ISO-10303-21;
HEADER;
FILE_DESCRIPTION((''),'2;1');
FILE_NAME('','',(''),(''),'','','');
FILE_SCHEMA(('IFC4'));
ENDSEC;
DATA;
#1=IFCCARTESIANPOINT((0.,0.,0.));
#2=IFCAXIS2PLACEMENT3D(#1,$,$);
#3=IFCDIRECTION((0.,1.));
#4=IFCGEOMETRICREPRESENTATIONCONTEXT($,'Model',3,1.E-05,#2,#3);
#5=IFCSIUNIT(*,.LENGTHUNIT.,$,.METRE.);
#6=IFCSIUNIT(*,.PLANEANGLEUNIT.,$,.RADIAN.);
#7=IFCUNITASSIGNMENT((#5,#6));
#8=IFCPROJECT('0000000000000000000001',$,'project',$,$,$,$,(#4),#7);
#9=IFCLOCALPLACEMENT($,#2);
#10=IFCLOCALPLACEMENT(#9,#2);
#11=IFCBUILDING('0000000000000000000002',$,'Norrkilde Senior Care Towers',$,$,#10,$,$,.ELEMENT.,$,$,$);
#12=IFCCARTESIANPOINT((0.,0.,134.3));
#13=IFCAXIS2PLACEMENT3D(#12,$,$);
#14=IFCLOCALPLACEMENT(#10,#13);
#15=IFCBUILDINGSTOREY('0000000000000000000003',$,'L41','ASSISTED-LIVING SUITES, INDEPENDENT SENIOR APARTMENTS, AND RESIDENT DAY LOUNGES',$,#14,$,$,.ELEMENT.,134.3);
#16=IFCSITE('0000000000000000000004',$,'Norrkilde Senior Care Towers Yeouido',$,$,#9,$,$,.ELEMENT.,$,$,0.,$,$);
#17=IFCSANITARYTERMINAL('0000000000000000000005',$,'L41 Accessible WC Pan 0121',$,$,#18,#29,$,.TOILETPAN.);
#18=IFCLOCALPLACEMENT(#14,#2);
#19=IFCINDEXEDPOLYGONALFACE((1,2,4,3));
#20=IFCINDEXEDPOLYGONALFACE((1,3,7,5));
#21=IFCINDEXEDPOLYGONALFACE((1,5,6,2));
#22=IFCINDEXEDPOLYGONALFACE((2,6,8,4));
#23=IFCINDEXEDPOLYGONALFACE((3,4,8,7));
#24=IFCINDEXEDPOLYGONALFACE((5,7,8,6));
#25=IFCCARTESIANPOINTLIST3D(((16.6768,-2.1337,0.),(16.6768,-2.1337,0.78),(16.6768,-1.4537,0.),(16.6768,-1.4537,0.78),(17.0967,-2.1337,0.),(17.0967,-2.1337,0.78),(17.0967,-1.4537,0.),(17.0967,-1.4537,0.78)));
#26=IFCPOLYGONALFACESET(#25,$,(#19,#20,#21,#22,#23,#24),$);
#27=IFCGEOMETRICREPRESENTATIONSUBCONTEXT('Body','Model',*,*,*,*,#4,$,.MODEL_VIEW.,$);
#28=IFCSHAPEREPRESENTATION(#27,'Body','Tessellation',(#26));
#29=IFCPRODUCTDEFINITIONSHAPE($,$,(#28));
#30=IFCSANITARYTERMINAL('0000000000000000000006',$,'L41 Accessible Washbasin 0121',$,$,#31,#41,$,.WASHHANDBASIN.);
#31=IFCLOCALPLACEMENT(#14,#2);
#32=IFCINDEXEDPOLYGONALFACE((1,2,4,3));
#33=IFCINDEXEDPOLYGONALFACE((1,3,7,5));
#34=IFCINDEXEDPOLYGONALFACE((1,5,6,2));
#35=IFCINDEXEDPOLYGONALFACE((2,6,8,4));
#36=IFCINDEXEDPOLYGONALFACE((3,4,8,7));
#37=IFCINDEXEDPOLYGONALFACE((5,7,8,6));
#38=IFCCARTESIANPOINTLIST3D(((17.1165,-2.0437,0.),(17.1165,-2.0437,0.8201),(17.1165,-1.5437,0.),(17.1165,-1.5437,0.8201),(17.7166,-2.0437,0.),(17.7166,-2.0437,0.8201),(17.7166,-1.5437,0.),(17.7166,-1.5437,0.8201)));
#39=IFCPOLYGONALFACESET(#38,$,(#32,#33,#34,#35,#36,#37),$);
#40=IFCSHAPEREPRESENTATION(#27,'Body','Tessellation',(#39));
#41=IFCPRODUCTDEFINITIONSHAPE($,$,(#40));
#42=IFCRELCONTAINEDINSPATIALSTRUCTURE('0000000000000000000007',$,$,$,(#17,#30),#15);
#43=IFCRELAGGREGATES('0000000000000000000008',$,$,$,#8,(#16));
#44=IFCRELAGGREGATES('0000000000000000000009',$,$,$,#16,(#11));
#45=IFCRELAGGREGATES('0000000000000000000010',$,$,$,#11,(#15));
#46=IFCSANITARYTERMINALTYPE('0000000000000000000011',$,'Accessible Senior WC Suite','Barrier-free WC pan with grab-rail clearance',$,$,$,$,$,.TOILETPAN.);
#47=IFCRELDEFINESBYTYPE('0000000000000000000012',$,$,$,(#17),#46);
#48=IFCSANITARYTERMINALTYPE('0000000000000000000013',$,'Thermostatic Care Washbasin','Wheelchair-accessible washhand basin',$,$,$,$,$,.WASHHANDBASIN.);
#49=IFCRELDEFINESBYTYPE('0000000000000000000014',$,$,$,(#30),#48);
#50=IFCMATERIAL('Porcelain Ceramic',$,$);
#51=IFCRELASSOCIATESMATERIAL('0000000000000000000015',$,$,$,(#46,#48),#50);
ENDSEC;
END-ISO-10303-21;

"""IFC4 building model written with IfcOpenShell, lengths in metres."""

from ifc_helpers import new_model, si_unit, direction, frame, origin, origin_2d, place, context, subcontext, project, spatial, rectangle, extrude, source, transform, mapped, material, type_object, type_shapes, element, save


model = new_model("IFC4")

# Units and contexts
model_context = context("Model", 3, precision=1e-05, world=origin(), true_north=direction((0.0, 1.0)))
body_context = subcontext(model_context, "Body", "Model", "MODEL_VIEW")
ifc_project = project(units=[si_unit("LENGTHUNIT", "METRE"), si_unit("PLANEANGLEUNIT", "RADIAN")], contexts=[model_context])

# Site, building, storey
site_placement = place(None, origin())
site = spatial("IfcSite", under=ifc_project, at=site_placement, Name="Norrkilde Senior Care Towers Yeouido", CompositionType="ELEMENT", RefElevation=0.0)
building_placement = place(site_placement, origin())
building = spatial("IfcBuilding", under=site, at=building_placement, Name="Norrkilde Senior Care Towers", CompositionType="ELEMENT")
storey_placement = place(building_placement, frame((0.0, 0.0, 134.3)))
storey = spatial("IfcBuildingStorey", under=building, at=storey_placement, Name="L41", Description="ASSISTED-LIVING SUITES, INDEPENDENT SENIOR APARTMENTS, AND RESIDENT DAY LOUNGES", CompositionType="ELEMENT", Elevation=134.3)

# Sanitary terminals
ifc_material_1 = material(Name="Porcelain Ceramic")
sanitary_terminal_type_1 = type_object("IfcSanitaryTerminalType", Name="Accessible Senior WC Suite", Description="Barrier-free WC pan with grab-rail clearance", PredefinedType="TOILETPAN", material=ifc_material_1)
shared_shape_1 = source(origin(), body_context, "Body", "SweptSolid", [
    extrude(rectangle(XDim=0.4199, YDim=0.6799, at=origin_2d()), origin(), (0.0, 0.0, 1.0), 0.78),
])
type_shapes(sanitary_terminal_type_1, [shared_shape_1])
sanitary_terminal_1_placement = place(storey_placement, frame((16.8867, -1.7937, 0.0), z_axis=(0.0, 0.0, 1.0), x_axis=(1.0, 0.0, 0.0)))
element("IfcSanitaryTerminal", 1, at=sanitary_terminal_1_placement, inside=storey, type_object=sanitary_terminal_type_1, Name="L41 Accessible WC Pan 0121", PredefinedType="TOILETPAN", context=body_context, shape_type="MappedRepresentation", body=[
    mapped(shared_shape_1, transform((0.0, 0.0, 0.0), x_axis=(1.0, 0.0, 0.0), y_axis=(0.0, 1.0, 0.0), z_axis=(0.0, 0.0, 1.0), scale=1.0)),
])
sanitary_terminal_type_2 = type_object("IfcSanitaryTerminalType", Name="Thermostatic Care Washbasin", Description="Wheelchair-accessible washhand basin", PredefinedType="WASHHANDBASIN", material=ifc_material_1)
shared_shape_2 = source(origin(), body_context, "Body", "SweptSolid", [
    extrude(rectangle(XDim=0.6001, YDim=0.5, at=origin_2d()), origin(), (0.0, 0.0, 1.0), 0.8201),
])
type_shapes(sanitary_terminal_type_2, [shared_shape_2])
sanitary_terminal_2_placement = place(storey_placement, frame((17.4165, -1.7937, 0.0), z_axis=(0.0, 0.0, 1.0), x_axis=(1.0, 0.0, 0.0)))
element("IfcSanitaryTerminal", 2, at=sanitary_terminal_2_placement, inside=storey, type_object=sanitary_terminal_type_2, Name="L41 Accessible Washbasin 0121", PredefinedType="WASHHANDBASIN", context=body_context, shape_type="MappedRepresentation", body=[
    mapped(shared_shape_2, transform((0.0, 0.0, 0.0), x_axis=(1.0, 0.0, 0.0), y_axis=(0.0, 1.0, 0.0), z_axis=(0.0, 0.0, 1.0), scale=1.0)),
])

save(model, "model.ifc")
